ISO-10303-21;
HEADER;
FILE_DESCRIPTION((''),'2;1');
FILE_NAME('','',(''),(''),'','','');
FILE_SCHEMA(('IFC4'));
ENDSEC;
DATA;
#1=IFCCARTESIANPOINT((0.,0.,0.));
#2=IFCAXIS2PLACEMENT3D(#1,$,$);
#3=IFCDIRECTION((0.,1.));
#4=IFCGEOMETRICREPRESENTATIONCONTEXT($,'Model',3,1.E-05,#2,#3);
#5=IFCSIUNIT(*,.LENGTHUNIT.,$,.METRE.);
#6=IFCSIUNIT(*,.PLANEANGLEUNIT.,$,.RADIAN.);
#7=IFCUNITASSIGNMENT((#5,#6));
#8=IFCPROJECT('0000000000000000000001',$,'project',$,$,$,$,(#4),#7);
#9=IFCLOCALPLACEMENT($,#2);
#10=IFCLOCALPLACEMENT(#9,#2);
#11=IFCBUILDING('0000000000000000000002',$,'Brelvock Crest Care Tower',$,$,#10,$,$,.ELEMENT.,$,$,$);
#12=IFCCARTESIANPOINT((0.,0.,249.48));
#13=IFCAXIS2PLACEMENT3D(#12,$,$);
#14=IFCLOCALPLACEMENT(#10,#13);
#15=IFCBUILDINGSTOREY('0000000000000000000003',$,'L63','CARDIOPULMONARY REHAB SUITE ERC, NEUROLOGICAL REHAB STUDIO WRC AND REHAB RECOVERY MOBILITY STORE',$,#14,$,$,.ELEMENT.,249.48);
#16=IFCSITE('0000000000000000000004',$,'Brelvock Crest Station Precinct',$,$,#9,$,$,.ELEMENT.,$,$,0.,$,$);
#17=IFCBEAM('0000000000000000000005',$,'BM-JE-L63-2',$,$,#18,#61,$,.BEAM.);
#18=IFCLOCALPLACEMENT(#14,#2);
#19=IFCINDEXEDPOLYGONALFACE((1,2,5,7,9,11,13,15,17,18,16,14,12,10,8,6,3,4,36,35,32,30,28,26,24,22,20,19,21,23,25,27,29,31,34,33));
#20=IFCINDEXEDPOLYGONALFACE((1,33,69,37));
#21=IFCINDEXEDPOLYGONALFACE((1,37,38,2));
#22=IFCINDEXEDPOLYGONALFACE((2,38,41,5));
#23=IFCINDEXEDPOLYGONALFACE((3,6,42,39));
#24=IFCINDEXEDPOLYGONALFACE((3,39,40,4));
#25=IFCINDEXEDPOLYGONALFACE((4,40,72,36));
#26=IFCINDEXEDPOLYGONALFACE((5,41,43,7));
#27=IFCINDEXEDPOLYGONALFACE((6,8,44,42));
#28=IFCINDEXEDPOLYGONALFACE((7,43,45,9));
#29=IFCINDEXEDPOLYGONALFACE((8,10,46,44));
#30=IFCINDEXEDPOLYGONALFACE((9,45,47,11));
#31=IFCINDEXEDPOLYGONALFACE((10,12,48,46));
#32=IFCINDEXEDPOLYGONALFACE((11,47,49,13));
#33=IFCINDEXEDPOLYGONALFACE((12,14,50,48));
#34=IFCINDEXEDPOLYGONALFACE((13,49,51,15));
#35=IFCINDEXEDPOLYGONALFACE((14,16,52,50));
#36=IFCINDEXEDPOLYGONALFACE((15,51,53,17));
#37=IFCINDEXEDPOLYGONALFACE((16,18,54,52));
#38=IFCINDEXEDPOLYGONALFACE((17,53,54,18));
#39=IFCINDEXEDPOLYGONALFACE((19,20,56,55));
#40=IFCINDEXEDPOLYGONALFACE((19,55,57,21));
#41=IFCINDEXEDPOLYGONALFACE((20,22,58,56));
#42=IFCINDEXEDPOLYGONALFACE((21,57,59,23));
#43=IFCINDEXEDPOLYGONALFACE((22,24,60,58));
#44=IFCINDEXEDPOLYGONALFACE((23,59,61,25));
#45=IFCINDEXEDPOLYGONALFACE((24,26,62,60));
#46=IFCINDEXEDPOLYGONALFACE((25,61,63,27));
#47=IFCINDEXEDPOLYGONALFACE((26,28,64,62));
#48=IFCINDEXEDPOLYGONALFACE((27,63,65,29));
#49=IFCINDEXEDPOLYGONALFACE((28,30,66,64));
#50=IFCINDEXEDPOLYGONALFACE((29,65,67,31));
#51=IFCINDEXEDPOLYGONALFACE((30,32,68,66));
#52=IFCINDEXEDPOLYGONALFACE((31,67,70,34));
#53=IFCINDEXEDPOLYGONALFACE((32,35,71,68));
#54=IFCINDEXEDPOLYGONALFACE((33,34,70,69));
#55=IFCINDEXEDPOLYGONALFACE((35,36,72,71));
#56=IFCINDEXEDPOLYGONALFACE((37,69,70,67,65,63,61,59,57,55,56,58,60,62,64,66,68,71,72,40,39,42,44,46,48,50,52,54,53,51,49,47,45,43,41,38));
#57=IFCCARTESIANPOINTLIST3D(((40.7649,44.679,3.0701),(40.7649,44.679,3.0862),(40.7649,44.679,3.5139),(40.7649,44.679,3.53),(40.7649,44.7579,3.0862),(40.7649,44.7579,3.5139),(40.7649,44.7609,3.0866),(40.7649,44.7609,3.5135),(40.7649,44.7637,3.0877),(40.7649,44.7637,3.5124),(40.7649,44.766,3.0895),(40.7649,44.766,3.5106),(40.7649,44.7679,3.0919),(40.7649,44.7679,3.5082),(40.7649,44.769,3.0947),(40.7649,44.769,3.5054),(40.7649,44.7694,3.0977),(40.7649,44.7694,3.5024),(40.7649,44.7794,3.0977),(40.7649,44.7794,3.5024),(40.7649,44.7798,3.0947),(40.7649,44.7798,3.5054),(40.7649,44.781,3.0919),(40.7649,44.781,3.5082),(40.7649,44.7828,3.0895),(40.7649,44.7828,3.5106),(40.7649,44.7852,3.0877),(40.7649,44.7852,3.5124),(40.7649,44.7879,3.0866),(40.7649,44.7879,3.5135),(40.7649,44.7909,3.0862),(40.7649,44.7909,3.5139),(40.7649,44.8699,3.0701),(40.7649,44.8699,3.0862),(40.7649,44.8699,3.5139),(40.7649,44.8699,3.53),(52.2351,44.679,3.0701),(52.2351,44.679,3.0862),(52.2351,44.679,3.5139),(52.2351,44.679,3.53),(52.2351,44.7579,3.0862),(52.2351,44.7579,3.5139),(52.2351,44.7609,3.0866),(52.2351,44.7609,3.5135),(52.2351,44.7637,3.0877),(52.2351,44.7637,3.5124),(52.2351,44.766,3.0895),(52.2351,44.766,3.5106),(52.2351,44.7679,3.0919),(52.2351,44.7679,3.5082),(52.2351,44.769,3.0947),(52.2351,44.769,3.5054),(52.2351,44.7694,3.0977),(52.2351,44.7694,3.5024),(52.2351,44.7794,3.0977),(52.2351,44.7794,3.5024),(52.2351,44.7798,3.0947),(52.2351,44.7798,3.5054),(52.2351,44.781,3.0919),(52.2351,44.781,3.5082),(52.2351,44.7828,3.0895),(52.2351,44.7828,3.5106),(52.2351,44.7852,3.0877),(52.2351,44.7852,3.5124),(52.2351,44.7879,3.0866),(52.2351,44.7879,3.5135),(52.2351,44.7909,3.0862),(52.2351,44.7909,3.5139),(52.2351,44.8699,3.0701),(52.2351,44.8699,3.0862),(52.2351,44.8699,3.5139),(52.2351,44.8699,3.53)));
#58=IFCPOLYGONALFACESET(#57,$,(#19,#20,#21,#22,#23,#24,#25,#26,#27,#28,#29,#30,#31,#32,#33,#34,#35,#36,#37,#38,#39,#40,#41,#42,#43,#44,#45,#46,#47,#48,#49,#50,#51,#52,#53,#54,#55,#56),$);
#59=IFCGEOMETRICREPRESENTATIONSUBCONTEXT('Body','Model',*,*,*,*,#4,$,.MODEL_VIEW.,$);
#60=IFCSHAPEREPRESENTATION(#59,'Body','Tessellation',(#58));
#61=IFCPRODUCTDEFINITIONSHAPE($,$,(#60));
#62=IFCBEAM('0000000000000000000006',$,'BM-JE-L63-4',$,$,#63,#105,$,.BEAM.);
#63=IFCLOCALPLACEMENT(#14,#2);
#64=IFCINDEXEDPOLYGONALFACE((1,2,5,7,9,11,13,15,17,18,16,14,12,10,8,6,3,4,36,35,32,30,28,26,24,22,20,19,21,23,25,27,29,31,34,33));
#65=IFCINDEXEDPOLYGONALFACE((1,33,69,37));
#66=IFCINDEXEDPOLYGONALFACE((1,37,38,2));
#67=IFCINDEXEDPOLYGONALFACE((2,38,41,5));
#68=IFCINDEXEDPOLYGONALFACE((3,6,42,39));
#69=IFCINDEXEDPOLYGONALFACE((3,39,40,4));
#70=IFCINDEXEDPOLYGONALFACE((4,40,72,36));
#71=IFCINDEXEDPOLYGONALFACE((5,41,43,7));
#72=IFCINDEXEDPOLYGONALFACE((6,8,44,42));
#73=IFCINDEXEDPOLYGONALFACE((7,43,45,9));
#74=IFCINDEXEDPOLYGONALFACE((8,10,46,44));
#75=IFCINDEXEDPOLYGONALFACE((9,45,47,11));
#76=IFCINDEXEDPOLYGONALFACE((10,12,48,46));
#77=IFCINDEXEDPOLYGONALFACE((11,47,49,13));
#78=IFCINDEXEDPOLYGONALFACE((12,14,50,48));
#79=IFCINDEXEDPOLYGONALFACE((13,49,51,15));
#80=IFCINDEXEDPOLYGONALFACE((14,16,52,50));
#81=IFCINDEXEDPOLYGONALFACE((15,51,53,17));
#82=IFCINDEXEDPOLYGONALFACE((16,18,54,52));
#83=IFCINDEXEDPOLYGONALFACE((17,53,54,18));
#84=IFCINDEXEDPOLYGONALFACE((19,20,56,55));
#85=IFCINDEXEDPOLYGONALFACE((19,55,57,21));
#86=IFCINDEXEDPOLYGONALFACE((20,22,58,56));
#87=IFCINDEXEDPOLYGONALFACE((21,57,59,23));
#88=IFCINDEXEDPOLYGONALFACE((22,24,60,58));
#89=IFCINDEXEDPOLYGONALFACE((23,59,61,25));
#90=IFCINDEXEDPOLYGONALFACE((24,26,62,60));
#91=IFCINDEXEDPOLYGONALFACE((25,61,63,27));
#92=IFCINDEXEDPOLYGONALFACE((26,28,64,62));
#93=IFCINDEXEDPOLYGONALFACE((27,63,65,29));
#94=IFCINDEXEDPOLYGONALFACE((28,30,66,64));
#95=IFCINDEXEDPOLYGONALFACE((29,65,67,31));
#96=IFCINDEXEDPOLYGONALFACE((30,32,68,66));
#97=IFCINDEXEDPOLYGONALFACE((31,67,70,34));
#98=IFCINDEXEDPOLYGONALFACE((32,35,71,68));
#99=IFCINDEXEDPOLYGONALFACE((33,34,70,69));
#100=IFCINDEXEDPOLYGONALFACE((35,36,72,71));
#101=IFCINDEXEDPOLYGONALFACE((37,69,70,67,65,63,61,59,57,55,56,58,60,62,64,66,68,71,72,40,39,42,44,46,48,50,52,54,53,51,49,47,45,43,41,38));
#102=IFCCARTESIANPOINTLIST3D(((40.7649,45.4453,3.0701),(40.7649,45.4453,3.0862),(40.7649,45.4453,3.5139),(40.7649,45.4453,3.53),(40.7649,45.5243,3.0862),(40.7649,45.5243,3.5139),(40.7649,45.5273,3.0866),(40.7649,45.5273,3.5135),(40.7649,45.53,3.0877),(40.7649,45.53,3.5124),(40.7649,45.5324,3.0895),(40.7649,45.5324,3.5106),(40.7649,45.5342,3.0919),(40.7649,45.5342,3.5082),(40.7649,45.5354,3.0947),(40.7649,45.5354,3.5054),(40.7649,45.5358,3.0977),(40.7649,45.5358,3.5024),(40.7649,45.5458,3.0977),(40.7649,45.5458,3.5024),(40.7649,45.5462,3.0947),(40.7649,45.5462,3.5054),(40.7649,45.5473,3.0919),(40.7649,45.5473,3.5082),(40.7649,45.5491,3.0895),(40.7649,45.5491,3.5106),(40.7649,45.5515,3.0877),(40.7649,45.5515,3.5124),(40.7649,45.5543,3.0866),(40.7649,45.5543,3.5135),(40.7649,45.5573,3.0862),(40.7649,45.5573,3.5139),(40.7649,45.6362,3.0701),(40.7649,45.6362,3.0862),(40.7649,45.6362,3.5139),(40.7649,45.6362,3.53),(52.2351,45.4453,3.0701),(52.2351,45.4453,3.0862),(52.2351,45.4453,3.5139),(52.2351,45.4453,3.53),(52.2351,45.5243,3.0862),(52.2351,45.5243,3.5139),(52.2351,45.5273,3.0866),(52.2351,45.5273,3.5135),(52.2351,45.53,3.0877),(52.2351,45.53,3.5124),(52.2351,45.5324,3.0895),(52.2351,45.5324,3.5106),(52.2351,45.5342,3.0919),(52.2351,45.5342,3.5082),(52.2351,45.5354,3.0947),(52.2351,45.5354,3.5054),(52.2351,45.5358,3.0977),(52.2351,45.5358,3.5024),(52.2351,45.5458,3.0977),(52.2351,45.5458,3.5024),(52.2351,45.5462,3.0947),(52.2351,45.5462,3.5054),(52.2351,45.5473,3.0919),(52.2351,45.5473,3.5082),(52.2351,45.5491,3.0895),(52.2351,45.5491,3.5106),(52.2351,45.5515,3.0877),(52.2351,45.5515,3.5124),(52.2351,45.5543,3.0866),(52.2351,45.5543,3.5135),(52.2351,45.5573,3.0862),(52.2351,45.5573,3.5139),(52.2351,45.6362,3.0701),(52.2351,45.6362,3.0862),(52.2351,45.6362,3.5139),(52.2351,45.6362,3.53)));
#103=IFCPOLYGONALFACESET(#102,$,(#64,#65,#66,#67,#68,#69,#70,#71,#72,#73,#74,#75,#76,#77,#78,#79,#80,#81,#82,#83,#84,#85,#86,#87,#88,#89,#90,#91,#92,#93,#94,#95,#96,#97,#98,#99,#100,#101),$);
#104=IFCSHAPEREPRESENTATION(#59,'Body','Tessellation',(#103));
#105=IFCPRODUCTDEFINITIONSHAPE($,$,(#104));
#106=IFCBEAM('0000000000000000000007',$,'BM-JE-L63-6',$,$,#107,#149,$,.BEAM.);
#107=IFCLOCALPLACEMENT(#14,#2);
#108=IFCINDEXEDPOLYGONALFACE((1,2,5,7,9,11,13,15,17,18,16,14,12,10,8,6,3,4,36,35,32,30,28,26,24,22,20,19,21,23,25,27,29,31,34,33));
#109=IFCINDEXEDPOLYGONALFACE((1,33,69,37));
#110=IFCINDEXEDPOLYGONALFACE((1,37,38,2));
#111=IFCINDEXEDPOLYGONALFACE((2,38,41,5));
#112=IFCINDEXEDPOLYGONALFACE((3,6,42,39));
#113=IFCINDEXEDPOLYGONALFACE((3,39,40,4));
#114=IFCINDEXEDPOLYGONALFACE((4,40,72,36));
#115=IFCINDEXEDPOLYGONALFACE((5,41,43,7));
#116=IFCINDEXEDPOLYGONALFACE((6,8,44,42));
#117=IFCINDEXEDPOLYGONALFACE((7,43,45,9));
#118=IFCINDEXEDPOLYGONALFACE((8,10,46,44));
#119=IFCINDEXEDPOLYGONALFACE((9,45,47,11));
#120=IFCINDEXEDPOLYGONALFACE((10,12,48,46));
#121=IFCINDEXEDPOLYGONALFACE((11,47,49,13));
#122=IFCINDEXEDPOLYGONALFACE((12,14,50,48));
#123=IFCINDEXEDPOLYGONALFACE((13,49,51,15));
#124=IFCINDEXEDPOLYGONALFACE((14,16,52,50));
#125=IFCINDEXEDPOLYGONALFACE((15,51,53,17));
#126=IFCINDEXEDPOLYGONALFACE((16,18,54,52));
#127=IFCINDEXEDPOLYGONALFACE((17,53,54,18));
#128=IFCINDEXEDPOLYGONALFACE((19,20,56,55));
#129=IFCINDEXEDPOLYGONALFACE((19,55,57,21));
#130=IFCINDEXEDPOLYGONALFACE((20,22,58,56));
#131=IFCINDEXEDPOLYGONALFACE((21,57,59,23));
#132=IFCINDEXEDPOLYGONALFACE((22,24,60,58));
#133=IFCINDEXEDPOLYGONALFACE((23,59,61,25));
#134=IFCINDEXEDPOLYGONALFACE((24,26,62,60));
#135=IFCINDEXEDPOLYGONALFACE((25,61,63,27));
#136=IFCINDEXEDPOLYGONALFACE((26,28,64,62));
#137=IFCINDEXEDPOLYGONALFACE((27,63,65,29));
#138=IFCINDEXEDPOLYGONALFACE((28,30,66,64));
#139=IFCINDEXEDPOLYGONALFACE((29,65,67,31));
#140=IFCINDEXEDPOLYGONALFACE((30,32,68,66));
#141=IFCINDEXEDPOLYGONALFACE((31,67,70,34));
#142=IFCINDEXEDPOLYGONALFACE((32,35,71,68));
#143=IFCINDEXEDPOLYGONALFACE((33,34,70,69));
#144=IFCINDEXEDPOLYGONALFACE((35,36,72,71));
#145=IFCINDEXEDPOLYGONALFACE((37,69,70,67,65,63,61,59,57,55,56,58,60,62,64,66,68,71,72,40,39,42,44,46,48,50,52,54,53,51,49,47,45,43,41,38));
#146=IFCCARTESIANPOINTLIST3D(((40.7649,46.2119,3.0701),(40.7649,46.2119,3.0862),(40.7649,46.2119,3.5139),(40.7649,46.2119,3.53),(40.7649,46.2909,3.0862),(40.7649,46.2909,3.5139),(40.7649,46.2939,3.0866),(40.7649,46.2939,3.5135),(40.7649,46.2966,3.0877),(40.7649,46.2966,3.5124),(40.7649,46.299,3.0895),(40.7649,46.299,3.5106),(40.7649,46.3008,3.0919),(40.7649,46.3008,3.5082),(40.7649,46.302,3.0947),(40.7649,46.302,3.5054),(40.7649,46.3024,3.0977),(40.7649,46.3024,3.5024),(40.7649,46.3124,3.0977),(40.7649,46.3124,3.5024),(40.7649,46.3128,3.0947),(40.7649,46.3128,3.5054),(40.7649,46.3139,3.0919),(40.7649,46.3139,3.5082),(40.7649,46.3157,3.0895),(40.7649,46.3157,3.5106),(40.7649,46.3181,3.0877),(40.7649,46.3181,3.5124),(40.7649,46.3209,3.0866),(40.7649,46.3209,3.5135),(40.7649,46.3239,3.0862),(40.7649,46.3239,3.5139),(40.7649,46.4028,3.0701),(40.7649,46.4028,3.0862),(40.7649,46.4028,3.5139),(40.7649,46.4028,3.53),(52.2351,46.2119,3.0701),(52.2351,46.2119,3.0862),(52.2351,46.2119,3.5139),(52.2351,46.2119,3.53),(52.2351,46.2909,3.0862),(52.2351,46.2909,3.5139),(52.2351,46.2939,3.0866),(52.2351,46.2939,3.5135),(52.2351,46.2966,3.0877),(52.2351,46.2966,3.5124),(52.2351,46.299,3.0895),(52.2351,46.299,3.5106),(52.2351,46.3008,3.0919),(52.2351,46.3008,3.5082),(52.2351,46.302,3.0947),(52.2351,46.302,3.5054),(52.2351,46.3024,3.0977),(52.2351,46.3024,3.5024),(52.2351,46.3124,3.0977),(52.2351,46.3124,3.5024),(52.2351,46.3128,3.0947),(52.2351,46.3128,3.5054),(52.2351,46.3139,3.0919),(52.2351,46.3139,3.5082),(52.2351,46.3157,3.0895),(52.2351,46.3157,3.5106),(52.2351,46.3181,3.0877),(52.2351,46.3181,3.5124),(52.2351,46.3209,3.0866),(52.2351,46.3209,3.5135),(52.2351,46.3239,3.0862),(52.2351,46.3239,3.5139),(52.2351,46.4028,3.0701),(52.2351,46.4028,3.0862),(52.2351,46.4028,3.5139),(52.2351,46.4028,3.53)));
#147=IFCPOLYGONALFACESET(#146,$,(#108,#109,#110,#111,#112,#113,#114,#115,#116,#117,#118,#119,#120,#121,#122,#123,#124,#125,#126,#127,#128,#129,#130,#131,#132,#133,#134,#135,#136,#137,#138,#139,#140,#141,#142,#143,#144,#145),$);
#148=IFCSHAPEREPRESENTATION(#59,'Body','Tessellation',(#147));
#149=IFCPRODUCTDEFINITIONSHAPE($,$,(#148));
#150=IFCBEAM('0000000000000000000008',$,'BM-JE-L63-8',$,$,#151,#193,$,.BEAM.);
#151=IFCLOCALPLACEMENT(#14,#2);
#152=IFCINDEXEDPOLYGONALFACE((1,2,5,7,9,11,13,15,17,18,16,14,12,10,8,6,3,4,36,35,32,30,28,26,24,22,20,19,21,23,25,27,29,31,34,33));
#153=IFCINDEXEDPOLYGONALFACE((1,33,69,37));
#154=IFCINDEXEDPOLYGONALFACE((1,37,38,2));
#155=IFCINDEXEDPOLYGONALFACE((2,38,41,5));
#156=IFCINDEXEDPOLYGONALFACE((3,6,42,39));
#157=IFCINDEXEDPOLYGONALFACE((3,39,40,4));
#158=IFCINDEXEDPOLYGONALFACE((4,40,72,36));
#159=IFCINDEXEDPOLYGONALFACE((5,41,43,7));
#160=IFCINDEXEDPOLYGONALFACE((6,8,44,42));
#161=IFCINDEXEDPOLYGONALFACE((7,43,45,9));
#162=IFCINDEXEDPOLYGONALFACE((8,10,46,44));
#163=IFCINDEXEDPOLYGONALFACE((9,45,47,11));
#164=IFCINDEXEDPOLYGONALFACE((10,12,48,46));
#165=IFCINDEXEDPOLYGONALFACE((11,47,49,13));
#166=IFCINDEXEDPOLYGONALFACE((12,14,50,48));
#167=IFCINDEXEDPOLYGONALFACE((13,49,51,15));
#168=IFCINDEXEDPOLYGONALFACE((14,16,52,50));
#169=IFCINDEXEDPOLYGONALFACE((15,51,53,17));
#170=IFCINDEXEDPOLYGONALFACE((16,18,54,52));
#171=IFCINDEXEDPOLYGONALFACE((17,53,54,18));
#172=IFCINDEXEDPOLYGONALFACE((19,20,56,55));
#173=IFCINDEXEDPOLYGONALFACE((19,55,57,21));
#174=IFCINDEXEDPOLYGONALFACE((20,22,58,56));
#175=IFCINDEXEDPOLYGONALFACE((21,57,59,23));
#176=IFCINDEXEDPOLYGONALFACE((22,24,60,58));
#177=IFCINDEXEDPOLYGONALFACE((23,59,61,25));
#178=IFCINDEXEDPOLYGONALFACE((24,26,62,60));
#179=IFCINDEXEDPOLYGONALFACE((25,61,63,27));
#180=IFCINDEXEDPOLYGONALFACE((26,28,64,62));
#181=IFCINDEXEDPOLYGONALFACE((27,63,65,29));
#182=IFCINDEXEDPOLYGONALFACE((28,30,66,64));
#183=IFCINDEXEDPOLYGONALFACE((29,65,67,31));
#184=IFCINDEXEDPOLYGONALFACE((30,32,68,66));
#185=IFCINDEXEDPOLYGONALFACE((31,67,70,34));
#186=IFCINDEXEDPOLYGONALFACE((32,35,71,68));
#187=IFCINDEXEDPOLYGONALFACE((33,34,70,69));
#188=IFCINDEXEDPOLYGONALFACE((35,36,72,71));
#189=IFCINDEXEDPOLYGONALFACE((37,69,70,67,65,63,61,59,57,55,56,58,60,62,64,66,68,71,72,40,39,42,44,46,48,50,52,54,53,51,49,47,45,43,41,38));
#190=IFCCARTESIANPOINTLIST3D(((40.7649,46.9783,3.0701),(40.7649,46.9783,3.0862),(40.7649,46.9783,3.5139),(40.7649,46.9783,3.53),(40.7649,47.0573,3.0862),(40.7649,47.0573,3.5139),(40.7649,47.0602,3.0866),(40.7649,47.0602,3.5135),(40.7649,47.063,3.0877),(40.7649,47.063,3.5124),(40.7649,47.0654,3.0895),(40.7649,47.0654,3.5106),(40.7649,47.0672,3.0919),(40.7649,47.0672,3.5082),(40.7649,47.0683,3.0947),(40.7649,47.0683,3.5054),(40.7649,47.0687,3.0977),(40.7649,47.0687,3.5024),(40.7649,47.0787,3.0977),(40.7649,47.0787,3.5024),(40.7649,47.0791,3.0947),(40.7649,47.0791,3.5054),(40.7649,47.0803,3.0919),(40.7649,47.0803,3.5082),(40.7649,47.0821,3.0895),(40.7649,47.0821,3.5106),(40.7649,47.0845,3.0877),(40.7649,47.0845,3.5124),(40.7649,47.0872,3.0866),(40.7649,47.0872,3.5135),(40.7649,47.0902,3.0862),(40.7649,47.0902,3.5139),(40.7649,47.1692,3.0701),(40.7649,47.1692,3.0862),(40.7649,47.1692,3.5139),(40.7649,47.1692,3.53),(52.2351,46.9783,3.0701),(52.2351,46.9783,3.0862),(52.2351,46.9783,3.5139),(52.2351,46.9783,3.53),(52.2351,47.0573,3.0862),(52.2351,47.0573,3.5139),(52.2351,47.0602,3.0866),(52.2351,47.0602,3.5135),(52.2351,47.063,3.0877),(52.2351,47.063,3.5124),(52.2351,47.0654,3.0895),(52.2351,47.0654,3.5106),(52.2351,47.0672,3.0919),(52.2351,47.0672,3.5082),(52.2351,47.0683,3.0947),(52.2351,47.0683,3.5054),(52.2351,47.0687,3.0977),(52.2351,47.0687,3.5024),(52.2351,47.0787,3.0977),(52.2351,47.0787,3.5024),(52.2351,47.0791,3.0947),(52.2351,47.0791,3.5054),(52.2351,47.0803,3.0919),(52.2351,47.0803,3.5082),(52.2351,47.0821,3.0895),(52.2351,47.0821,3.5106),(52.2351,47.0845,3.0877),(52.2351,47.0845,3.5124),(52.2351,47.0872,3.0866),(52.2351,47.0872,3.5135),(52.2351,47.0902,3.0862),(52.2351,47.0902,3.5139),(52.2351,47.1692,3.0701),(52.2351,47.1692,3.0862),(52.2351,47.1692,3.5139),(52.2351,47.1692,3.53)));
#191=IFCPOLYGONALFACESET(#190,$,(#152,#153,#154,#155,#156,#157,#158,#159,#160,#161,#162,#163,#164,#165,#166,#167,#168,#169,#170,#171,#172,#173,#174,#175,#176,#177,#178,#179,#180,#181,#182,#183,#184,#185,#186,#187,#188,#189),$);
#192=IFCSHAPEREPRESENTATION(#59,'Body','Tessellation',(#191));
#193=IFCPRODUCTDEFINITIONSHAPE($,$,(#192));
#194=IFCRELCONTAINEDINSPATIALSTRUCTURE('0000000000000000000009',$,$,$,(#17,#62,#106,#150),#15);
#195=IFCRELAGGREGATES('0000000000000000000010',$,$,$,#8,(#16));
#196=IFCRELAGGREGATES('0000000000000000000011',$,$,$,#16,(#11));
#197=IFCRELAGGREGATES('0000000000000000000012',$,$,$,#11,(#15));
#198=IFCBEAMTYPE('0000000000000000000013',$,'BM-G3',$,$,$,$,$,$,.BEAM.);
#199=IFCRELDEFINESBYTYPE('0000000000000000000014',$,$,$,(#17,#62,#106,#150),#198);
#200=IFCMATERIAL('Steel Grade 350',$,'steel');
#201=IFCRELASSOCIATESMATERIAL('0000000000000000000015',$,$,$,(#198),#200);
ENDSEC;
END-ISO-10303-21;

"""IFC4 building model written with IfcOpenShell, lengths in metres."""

from ifc_helpers import new_model, si_unit, direction, frame, origin, origin_2d, place, context, subcontext, project, spatial, i_section, extrude, source, transform, mapped, material, material_profile, profile_set, type_object, element, save


model = new_model("IFC4")

# Units and contexts
model_context = context("Model", 3, precision=1e-05, world=origin(), true_north=direction((0.0, 1.0)))
body_context = subcontext(model_context, "Body", "Model", "MODEL_VIEW")
ifc_project = project(units=[si_unit("LENGTHUNIT", "METRE"), si_unit("PLANEANGLEUNIT", "RADIAN")], contexts=[model_context])

# Site, building, storey
site_placement = place(None, origin())
site = spatial("IfcSite", under=ifc_project, at=site_placement, Name="Brelvock Crest Station Precinct", CompositionType="ELEMENT", RefElevation=0.0)
building_placement = place(site_placement, origin())
building = spatial("IfcBuilding", under=site, at=building_placement, Name="Brelvock Crest Care Tower", CompositionType="ELEMENT")
storey_placement = place(building_placement, frame((0.0, 0.0, 249.48)))
storey = spatial("IfcBuildingStorey", under=building, at=storey_placement, Name="L63", Description="CARDIOPULMONARY REHAB SUITE ERC, NEUROLOGICAL REHAB STUDIO WRC AND REHAB RECOVERY MOBILITY STORE", CompositionType="ELEMENT", Elevation=249.48)

# Beams
ifc_material_1 = material(Name="Steel Grade 350", Category="steel")
ifc_material_profile_1 = material_profile(ifc_material_1, i_section(OverallWidth=0.1909, OverallDepth=0.46, WebThickness=0.01, FlangeThickness=0.0161, FilletRadius=0.0115, at=origin_2d()), Name="460UB82.1")
ifc_profile_set_1 = profile_set([ifc_material_profile_1], Name="Steel Grade 350")
beam_type_1 = type_object("IfcBeamType", Name="BM-G3", PredefinedType="BEAM", material=ifc_profile_set_1)
shared_shape_1 = source(origin(), body_context, "Body", "SweptSolid", [
    extrude(i_section(OverallWidth=0.1909, OverallDepth=0.46, WebThickness=0.01, FlangeThickness=0.0161, FilletRadius=0.0115, at=origin_2d()), origin(), (0.0, 0.0, 1.0), 11.4702),
])
for number, where, z_axis, x_axis, name in (
    (1, (40.7649, 44.7744, 3.3), (1.0, 0.0, 0.0), (0.0, 1.0, 0.0), "BM-JE-L63-2"),
    (2, (40.7649, 45.5408, 3.3), (1.0, 0.0, 0.0), (0.0, 1.0, 0.0), "BM-JE-L63-4"),
    (3, (40.7649, 46.3074, 3.3), (1.0, 0.0, 0.0), (0.0, 1.0, 0.0), "BM-JE-L63-6"),
    (4, (40.7649, 47.0737, 3.3), (1.0, 0.0, 0.0), (0.0, 1.0, 0.0), "BM-JE-L63-8"),
):
    element("IfcBeam", number, at=place(storey_placement, frame(where, z_axis=z_axis, x_axis=x_axis)), inside=storey, type_object=beam_type_1, Name=name, PredefinedType="BEAM", context=body_context, shape_type="MappedRepresentation", body=[
        mapped(shared_shape_1, transform((0.0, 0.0, 0.0), x_axis=(1.0, 0.0, 0.0), y_axis=(0.0, 1.0, 0.0), z_axis=(0.0, 0.0, 1.0), scale=1.0)),
    ])

save(model, "model.ifc")
